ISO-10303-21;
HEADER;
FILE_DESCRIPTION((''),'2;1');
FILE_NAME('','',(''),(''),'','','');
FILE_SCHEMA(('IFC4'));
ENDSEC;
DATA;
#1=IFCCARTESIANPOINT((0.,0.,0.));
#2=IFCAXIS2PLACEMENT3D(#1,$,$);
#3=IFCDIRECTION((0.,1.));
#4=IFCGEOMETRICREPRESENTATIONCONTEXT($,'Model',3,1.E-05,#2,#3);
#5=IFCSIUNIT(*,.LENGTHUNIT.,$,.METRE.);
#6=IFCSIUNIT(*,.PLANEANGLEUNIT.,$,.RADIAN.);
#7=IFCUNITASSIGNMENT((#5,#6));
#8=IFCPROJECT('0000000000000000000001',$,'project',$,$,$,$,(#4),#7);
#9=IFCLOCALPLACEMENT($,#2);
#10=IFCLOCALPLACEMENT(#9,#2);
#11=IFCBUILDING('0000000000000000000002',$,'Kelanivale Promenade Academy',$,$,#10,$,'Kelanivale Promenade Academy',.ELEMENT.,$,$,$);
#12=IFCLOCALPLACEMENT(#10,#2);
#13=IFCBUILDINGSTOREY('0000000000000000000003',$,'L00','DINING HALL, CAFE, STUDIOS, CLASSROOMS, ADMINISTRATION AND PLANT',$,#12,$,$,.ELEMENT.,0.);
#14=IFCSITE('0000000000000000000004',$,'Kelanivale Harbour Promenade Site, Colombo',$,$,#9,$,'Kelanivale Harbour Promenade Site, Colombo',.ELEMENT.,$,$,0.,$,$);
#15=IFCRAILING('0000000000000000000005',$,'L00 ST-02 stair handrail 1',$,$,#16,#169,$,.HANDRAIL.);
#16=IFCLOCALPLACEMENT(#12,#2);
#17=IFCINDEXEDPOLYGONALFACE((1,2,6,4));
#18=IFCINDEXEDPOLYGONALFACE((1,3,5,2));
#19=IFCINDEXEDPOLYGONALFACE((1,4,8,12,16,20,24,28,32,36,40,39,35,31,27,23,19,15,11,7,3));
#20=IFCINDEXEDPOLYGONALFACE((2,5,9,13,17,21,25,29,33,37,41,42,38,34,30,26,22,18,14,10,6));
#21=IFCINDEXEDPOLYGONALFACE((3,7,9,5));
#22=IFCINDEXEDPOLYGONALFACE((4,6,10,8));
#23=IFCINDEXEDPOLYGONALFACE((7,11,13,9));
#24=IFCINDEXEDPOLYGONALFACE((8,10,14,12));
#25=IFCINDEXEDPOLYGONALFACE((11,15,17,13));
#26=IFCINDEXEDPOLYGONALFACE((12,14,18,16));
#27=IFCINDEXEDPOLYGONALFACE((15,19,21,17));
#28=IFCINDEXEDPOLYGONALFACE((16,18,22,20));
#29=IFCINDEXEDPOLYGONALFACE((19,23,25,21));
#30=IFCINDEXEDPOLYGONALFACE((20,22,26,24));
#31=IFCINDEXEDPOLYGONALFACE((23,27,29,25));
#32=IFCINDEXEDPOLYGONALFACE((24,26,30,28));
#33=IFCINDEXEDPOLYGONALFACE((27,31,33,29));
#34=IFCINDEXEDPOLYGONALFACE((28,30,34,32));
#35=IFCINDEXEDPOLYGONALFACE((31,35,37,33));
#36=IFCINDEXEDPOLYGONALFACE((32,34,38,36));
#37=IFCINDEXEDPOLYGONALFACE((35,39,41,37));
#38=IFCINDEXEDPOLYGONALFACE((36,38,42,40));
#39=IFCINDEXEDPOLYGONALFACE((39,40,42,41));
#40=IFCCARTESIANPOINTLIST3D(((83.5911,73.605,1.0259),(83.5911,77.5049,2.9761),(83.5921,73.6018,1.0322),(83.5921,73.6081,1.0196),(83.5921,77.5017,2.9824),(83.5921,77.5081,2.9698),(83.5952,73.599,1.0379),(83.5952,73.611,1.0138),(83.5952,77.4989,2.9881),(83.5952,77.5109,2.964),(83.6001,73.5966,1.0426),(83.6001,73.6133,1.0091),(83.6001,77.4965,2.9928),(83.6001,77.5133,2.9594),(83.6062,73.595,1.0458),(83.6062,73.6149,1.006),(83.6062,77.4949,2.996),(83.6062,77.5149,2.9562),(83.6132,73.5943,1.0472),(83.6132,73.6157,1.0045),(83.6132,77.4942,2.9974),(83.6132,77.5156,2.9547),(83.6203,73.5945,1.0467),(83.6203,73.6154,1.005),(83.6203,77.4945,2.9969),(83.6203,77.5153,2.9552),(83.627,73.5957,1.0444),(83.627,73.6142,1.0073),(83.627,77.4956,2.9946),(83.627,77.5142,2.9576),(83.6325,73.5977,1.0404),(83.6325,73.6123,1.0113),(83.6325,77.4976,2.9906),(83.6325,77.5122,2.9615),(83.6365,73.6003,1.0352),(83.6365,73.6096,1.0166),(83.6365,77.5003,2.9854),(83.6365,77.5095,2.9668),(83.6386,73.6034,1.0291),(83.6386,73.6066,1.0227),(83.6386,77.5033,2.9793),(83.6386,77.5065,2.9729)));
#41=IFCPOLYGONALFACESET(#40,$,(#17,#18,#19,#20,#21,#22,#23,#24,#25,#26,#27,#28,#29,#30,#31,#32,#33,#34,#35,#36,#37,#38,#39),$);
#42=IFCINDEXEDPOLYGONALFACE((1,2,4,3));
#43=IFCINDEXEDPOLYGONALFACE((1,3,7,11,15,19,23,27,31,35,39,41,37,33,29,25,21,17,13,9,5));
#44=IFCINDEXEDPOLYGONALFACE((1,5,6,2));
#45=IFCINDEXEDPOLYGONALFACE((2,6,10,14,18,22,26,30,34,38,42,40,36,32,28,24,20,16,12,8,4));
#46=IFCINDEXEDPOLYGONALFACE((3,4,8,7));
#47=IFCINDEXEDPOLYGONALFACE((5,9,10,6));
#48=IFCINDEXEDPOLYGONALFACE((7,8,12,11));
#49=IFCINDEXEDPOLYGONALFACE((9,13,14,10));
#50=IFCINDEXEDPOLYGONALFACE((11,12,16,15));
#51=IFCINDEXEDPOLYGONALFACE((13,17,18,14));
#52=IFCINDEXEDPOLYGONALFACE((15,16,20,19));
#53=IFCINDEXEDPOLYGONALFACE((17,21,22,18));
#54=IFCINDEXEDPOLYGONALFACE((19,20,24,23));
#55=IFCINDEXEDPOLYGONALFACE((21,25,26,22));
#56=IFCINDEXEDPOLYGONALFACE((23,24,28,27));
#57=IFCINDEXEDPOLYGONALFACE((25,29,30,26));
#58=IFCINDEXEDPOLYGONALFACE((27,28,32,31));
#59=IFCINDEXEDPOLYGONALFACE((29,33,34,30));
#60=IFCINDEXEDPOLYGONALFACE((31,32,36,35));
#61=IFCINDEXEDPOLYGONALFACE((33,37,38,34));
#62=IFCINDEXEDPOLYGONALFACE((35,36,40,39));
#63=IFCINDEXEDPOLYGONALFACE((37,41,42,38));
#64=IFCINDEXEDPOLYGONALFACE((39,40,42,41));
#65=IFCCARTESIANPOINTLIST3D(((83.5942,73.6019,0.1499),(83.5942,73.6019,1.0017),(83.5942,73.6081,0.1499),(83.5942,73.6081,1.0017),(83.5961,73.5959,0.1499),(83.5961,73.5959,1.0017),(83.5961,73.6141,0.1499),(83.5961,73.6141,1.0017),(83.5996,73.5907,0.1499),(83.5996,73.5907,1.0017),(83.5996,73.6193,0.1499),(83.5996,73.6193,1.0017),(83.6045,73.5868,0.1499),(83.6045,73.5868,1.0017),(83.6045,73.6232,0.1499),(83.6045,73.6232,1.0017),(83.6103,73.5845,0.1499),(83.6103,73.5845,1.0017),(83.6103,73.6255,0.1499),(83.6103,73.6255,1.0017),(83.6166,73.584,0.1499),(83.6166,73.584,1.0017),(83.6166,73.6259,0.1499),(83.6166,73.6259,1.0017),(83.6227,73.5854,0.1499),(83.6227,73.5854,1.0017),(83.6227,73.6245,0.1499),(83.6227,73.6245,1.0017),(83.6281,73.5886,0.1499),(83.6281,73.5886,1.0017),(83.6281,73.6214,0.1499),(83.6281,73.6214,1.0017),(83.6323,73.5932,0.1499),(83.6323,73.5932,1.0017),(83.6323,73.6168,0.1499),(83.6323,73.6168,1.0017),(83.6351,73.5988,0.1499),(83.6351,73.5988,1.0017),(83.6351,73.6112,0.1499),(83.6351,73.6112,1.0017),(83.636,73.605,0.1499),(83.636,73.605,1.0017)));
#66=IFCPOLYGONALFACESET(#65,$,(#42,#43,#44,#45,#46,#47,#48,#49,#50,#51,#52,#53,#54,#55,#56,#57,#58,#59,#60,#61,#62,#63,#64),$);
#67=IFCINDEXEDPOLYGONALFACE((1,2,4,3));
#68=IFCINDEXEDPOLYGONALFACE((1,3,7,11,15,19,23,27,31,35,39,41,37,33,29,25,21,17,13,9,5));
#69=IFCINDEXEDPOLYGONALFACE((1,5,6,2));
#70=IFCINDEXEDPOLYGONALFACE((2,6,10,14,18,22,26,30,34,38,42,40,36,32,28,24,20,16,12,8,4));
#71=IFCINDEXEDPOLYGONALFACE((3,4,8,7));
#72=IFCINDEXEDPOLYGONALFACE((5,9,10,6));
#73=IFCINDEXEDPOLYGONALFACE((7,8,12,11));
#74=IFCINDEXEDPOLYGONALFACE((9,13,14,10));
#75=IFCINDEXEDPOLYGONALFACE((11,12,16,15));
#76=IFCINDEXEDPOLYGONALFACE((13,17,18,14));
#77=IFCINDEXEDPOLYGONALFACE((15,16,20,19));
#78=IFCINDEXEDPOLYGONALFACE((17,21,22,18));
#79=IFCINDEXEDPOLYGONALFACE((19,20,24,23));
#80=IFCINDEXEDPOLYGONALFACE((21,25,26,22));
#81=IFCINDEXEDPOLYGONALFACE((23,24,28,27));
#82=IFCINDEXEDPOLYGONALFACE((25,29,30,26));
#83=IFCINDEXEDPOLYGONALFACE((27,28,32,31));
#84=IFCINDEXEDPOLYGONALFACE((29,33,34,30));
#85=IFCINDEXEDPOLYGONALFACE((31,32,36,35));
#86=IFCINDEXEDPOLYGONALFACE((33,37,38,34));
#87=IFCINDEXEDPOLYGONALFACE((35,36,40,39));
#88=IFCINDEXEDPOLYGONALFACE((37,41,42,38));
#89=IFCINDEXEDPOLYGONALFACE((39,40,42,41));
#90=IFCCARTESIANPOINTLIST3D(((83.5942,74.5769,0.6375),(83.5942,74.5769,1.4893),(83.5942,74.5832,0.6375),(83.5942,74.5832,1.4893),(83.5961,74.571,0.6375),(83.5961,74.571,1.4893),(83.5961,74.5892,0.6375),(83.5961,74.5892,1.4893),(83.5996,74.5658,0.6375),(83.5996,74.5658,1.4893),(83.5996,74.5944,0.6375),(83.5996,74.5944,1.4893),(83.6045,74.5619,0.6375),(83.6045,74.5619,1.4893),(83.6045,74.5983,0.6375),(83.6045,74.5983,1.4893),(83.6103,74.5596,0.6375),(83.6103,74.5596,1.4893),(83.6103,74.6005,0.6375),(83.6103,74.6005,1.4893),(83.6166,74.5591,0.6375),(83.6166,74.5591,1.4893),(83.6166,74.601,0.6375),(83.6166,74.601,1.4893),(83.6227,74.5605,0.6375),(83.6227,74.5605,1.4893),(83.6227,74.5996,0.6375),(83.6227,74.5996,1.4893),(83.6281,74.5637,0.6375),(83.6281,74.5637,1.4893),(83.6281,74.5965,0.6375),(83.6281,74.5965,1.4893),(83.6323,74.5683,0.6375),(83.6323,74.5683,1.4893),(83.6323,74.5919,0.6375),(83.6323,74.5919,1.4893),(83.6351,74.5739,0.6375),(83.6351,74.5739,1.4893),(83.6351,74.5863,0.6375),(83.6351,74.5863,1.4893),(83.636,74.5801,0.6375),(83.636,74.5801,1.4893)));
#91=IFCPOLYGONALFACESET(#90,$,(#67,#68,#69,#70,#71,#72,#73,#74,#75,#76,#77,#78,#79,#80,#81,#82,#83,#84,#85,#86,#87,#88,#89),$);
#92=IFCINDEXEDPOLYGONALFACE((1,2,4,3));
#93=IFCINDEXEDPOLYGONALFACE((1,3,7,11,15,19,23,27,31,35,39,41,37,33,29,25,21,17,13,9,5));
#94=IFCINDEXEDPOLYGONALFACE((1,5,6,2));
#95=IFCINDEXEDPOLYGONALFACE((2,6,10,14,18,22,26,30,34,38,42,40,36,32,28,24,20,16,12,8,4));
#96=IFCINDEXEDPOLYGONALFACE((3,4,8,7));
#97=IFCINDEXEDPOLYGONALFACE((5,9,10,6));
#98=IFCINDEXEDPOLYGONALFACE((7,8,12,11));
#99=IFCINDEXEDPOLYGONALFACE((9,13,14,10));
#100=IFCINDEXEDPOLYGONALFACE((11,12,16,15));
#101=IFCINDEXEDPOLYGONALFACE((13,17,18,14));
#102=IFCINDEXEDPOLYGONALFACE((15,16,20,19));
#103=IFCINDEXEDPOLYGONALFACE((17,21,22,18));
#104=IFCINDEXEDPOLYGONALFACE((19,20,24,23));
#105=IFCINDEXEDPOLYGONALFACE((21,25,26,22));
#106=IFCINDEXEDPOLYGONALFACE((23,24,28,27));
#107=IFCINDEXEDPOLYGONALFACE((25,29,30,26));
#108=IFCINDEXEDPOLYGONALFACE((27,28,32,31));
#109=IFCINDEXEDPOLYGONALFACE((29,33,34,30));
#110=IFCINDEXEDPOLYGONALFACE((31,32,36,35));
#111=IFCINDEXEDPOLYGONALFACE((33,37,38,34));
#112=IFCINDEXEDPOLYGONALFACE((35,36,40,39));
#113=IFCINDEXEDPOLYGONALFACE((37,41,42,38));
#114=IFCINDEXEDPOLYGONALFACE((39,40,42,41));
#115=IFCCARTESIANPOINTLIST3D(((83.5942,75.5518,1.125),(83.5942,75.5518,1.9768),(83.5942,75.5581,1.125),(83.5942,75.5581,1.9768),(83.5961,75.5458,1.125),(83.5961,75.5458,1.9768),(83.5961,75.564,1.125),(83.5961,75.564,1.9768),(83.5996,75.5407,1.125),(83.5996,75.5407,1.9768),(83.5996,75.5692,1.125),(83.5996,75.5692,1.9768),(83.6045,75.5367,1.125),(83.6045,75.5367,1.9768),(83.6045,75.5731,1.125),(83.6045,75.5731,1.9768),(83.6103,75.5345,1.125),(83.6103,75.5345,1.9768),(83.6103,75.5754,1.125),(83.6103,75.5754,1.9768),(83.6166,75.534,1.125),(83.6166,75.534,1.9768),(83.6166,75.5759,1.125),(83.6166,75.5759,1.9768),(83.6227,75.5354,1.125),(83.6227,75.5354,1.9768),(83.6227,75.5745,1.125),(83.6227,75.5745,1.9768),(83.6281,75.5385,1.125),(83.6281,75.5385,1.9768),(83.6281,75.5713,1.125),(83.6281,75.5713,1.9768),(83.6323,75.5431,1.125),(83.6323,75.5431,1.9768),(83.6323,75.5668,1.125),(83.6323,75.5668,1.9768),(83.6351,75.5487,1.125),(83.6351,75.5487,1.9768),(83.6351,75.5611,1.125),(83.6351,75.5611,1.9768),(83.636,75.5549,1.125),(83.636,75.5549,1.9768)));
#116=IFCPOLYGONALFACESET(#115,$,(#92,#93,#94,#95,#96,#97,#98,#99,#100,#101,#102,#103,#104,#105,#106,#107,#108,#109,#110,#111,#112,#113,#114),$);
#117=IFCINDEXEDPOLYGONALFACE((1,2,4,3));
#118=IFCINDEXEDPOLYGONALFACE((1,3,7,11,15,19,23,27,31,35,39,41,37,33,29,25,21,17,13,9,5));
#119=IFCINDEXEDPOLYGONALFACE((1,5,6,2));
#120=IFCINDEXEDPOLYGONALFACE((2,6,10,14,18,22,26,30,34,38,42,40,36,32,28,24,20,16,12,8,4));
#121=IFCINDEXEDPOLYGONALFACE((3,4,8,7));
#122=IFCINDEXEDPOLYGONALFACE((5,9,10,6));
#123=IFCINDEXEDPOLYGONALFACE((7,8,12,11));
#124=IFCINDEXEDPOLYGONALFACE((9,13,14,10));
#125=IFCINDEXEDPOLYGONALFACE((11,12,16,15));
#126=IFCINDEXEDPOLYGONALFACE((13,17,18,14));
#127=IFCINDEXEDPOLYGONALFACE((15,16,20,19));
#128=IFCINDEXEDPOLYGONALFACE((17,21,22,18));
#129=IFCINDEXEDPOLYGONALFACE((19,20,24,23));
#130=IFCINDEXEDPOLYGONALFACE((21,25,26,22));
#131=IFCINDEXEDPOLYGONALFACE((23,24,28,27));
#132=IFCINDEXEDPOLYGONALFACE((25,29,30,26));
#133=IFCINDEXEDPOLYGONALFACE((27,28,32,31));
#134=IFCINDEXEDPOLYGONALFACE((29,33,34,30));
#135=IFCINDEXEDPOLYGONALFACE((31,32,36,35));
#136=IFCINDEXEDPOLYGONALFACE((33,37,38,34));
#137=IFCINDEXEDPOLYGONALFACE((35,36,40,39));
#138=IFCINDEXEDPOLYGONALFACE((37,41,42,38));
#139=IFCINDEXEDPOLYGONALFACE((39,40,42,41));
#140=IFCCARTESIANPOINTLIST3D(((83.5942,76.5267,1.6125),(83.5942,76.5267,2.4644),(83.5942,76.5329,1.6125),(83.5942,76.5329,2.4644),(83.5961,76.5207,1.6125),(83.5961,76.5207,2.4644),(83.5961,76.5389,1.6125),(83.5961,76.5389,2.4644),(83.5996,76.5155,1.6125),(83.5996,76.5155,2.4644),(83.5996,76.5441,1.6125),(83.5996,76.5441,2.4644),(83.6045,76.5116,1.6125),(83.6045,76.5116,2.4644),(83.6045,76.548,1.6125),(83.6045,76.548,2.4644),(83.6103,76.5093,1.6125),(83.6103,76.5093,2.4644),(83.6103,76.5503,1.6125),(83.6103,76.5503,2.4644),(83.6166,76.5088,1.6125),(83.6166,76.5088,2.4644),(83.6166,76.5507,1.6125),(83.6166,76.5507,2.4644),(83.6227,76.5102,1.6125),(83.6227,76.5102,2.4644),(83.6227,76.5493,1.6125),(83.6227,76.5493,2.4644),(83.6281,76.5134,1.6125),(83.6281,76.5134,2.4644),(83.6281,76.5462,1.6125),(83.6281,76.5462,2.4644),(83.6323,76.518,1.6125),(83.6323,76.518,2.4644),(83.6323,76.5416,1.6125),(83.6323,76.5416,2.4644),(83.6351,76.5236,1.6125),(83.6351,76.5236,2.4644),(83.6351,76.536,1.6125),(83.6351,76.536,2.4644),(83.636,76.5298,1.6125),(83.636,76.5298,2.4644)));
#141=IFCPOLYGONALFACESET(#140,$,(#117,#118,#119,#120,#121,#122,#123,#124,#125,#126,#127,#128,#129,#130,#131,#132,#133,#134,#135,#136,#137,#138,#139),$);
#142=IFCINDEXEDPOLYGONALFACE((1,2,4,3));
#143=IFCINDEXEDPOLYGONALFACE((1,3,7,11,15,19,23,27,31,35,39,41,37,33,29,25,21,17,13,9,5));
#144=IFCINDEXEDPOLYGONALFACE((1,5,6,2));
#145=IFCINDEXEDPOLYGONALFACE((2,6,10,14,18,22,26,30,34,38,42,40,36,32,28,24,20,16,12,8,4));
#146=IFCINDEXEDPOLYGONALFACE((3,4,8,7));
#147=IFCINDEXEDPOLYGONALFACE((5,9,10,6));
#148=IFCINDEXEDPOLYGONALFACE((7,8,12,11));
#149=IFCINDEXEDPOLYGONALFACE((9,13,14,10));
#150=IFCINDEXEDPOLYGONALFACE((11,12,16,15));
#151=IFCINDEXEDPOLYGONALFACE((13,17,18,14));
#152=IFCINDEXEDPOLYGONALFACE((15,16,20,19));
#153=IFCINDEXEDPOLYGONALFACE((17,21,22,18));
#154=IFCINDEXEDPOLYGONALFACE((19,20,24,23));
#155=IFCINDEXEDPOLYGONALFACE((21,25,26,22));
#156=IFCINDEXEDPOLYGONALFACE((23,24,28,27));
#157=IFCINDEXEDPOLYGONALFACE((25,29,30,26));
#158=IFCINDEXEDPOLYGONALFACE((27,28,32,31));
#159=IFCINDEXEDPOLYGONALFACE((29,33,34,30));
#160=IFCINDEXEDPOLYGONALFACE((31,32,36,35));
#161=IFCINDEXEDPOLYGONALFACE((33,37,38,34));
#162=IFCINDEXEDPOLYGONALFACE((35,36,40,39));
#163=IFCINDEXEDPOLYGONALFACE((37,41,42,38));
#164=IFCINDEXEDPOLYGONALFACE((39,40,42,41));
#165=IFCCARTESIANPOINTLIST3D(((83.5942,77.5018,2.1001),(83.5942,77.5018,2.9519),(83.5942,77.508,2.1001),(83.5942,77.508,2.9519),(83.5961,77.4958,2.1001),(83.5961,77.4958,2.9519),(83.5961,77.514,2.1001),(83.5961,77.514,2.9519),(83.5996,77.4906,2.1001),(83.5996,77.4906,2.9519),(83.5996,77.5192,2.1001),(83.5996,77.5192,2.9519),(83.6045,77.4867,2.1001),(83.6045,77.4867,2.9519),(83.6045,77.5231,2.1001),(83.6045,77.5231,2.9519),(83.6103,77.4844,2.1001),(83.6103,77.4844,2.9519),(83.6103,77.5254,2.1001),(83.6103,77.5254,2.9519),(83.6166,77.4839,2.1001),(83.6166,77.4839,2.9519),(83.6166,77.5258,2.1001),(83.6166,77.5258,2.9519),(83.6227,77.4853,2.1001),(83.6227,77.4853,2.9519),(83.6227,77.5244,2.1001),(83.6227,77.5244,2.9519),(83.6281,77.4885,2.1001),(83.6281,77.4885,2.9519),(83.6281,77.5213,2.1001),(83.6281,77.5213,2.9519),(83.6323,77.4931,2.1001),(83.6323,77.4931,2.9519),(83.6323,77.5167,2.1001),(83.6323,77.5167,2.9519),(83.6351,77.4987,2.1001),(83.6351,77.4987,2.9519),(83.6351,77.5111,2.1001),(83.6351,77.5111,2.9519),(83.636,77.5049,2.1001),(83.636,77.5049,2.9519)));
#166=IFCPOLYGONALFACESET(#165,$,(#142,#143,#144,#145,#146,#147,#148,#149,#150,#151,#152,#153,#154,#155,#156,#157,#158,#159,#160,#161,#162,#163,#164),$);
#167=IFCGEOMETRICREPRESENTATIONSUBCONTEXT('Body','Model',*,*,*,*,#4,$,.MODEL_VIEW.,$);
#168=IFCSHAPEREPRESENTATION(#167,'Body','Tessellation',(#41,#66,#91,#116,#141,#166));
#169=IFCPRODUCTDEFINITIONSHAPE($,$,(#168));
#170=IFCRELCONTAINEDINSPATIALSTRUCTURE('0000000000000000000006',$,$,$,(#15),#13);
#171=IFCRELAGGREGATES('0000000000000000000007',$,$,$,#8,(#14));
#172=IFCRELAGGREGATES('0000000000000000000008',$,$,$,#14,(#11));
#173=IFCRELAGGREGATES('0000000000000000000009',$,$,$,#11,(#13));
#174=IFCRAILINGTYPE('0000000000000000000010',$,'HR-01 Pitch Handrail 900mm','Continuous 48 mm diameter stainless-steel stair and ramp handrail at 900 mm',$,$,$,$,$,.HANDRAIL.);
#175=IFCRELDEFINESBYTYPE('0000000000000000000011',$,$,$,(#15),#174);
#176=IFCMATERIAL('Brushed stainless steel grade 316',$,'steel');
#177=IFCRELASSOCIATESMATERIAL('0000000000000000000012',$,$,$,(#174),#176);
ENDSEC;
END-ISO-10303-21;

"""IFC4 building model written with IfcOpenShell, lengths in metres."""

from ifc_helpers import new_model, si_unit, direction, frame, origin, origin_2d, place, context, subcontext, project, spatial, circle, extrude, material, type_object, element, save


model = new_model("IFC4")

# Units and contexts
model_context = context("Model", 3, precision=1e-05, world=origin(), true_north=direction((0.0, 1.0)))
body_context = subcontext(model_context, "Body", "Model", "MODEL_VIEW")
ifc_project = project(units=[si_unit("LENGTHUNIT", "METRE"), si_unit("PLANEANGLEUNIT", "RADIAN")], contexts=[model_context])

# Site, building, storey
site_placement = place(None, origin())
site = spatial("IfcSite", under=ifc_project, at=site_placement, Name="Kelanivale Harbour Promenade Site, Colombo", LongName="Kelanivale Harbour Promenade Site, Colombo", CompositionType="ELEMENT", RefElevation=0.0)
building_placement = place(site_placement, origin())
building = spatial("IfcBuilding", under=site, at=building_placement, Name="Kelanivale Promenade Academy", LongName="Kelanivale Promenade Academy", CompositionType="ELEMENT")
storey_placement = place(building_placement, origin())
storey = spatial("IfcBuildingStorey", under=building, at=storey_placement, Name="L00", Description="DINING HALL, CAFE, STUDIOS, CLASSROOMS, ADMINISTRATION AND PLANT", CompositionType="ELEMENT", Elevation=0.0)

# Railing
ifc_material_1 = material(Name="Brushed stainless steel grade 316", Category="steel")
railing_type_1 = type_object("IfcRailingType", Name="HR-01 Pitch Handrail 900mm", Description="Continuous 48 mm diameter stainless-steel stair and ramp handrail at 900 mm", PredefinedType="HANDRAIL", material=ifc_material_1)
railing_1_placement = place(storey_placement, frame((83.615, 73.605, 0.1499)))
element("IfcRailing", 1, at=railing_1_placement, inside=storey, type_object=railing_type_1, Name="L00 ST-02 stair handrail 1", PredefinedType="HANDRAIL", context=body_context, shape_type="SweptSolid", body=[
    extrude(circle(Radius=0.0239, at=origin_2d()), frame((0.0, 0.0, 0.876), z_axis=(0.0, 0.894405, 0.447258), x_axis=(-1.0, 0.0, 0.0)), (0.0, 0.0, 1.0), 4.3604),
    extrude(circle(Radius=0.021, at=origin_2d()), origin(), (0.0, 0.0, 1.0), 0.8518),
    extrude(circle(Radius=0.021, at=origin_2d()), frame((0.0, 0.9751, 0.4875)), (0.0, 0.0, 1.0), 0.8518),
    extrude(circle(Radius=0.021, at=origin_2d()), frame((0.0, 1.95, 0.9751)), (0.0, 0.0, 1.0), 0.8518),
    extrude(circle(Radius=0.021, at=origin_2d()), frame((0.0, 2.9248, 1.4626)), (0.0, 0.0, 1.0), 0.8518),
    extrude(circle(Radius=0.021, at=origin_2d()), frame((0.0, 3.8999, 1.9502)), (0.0, 0.0, 1.0), 0.8518),
])

save(model, "model.ifc")
